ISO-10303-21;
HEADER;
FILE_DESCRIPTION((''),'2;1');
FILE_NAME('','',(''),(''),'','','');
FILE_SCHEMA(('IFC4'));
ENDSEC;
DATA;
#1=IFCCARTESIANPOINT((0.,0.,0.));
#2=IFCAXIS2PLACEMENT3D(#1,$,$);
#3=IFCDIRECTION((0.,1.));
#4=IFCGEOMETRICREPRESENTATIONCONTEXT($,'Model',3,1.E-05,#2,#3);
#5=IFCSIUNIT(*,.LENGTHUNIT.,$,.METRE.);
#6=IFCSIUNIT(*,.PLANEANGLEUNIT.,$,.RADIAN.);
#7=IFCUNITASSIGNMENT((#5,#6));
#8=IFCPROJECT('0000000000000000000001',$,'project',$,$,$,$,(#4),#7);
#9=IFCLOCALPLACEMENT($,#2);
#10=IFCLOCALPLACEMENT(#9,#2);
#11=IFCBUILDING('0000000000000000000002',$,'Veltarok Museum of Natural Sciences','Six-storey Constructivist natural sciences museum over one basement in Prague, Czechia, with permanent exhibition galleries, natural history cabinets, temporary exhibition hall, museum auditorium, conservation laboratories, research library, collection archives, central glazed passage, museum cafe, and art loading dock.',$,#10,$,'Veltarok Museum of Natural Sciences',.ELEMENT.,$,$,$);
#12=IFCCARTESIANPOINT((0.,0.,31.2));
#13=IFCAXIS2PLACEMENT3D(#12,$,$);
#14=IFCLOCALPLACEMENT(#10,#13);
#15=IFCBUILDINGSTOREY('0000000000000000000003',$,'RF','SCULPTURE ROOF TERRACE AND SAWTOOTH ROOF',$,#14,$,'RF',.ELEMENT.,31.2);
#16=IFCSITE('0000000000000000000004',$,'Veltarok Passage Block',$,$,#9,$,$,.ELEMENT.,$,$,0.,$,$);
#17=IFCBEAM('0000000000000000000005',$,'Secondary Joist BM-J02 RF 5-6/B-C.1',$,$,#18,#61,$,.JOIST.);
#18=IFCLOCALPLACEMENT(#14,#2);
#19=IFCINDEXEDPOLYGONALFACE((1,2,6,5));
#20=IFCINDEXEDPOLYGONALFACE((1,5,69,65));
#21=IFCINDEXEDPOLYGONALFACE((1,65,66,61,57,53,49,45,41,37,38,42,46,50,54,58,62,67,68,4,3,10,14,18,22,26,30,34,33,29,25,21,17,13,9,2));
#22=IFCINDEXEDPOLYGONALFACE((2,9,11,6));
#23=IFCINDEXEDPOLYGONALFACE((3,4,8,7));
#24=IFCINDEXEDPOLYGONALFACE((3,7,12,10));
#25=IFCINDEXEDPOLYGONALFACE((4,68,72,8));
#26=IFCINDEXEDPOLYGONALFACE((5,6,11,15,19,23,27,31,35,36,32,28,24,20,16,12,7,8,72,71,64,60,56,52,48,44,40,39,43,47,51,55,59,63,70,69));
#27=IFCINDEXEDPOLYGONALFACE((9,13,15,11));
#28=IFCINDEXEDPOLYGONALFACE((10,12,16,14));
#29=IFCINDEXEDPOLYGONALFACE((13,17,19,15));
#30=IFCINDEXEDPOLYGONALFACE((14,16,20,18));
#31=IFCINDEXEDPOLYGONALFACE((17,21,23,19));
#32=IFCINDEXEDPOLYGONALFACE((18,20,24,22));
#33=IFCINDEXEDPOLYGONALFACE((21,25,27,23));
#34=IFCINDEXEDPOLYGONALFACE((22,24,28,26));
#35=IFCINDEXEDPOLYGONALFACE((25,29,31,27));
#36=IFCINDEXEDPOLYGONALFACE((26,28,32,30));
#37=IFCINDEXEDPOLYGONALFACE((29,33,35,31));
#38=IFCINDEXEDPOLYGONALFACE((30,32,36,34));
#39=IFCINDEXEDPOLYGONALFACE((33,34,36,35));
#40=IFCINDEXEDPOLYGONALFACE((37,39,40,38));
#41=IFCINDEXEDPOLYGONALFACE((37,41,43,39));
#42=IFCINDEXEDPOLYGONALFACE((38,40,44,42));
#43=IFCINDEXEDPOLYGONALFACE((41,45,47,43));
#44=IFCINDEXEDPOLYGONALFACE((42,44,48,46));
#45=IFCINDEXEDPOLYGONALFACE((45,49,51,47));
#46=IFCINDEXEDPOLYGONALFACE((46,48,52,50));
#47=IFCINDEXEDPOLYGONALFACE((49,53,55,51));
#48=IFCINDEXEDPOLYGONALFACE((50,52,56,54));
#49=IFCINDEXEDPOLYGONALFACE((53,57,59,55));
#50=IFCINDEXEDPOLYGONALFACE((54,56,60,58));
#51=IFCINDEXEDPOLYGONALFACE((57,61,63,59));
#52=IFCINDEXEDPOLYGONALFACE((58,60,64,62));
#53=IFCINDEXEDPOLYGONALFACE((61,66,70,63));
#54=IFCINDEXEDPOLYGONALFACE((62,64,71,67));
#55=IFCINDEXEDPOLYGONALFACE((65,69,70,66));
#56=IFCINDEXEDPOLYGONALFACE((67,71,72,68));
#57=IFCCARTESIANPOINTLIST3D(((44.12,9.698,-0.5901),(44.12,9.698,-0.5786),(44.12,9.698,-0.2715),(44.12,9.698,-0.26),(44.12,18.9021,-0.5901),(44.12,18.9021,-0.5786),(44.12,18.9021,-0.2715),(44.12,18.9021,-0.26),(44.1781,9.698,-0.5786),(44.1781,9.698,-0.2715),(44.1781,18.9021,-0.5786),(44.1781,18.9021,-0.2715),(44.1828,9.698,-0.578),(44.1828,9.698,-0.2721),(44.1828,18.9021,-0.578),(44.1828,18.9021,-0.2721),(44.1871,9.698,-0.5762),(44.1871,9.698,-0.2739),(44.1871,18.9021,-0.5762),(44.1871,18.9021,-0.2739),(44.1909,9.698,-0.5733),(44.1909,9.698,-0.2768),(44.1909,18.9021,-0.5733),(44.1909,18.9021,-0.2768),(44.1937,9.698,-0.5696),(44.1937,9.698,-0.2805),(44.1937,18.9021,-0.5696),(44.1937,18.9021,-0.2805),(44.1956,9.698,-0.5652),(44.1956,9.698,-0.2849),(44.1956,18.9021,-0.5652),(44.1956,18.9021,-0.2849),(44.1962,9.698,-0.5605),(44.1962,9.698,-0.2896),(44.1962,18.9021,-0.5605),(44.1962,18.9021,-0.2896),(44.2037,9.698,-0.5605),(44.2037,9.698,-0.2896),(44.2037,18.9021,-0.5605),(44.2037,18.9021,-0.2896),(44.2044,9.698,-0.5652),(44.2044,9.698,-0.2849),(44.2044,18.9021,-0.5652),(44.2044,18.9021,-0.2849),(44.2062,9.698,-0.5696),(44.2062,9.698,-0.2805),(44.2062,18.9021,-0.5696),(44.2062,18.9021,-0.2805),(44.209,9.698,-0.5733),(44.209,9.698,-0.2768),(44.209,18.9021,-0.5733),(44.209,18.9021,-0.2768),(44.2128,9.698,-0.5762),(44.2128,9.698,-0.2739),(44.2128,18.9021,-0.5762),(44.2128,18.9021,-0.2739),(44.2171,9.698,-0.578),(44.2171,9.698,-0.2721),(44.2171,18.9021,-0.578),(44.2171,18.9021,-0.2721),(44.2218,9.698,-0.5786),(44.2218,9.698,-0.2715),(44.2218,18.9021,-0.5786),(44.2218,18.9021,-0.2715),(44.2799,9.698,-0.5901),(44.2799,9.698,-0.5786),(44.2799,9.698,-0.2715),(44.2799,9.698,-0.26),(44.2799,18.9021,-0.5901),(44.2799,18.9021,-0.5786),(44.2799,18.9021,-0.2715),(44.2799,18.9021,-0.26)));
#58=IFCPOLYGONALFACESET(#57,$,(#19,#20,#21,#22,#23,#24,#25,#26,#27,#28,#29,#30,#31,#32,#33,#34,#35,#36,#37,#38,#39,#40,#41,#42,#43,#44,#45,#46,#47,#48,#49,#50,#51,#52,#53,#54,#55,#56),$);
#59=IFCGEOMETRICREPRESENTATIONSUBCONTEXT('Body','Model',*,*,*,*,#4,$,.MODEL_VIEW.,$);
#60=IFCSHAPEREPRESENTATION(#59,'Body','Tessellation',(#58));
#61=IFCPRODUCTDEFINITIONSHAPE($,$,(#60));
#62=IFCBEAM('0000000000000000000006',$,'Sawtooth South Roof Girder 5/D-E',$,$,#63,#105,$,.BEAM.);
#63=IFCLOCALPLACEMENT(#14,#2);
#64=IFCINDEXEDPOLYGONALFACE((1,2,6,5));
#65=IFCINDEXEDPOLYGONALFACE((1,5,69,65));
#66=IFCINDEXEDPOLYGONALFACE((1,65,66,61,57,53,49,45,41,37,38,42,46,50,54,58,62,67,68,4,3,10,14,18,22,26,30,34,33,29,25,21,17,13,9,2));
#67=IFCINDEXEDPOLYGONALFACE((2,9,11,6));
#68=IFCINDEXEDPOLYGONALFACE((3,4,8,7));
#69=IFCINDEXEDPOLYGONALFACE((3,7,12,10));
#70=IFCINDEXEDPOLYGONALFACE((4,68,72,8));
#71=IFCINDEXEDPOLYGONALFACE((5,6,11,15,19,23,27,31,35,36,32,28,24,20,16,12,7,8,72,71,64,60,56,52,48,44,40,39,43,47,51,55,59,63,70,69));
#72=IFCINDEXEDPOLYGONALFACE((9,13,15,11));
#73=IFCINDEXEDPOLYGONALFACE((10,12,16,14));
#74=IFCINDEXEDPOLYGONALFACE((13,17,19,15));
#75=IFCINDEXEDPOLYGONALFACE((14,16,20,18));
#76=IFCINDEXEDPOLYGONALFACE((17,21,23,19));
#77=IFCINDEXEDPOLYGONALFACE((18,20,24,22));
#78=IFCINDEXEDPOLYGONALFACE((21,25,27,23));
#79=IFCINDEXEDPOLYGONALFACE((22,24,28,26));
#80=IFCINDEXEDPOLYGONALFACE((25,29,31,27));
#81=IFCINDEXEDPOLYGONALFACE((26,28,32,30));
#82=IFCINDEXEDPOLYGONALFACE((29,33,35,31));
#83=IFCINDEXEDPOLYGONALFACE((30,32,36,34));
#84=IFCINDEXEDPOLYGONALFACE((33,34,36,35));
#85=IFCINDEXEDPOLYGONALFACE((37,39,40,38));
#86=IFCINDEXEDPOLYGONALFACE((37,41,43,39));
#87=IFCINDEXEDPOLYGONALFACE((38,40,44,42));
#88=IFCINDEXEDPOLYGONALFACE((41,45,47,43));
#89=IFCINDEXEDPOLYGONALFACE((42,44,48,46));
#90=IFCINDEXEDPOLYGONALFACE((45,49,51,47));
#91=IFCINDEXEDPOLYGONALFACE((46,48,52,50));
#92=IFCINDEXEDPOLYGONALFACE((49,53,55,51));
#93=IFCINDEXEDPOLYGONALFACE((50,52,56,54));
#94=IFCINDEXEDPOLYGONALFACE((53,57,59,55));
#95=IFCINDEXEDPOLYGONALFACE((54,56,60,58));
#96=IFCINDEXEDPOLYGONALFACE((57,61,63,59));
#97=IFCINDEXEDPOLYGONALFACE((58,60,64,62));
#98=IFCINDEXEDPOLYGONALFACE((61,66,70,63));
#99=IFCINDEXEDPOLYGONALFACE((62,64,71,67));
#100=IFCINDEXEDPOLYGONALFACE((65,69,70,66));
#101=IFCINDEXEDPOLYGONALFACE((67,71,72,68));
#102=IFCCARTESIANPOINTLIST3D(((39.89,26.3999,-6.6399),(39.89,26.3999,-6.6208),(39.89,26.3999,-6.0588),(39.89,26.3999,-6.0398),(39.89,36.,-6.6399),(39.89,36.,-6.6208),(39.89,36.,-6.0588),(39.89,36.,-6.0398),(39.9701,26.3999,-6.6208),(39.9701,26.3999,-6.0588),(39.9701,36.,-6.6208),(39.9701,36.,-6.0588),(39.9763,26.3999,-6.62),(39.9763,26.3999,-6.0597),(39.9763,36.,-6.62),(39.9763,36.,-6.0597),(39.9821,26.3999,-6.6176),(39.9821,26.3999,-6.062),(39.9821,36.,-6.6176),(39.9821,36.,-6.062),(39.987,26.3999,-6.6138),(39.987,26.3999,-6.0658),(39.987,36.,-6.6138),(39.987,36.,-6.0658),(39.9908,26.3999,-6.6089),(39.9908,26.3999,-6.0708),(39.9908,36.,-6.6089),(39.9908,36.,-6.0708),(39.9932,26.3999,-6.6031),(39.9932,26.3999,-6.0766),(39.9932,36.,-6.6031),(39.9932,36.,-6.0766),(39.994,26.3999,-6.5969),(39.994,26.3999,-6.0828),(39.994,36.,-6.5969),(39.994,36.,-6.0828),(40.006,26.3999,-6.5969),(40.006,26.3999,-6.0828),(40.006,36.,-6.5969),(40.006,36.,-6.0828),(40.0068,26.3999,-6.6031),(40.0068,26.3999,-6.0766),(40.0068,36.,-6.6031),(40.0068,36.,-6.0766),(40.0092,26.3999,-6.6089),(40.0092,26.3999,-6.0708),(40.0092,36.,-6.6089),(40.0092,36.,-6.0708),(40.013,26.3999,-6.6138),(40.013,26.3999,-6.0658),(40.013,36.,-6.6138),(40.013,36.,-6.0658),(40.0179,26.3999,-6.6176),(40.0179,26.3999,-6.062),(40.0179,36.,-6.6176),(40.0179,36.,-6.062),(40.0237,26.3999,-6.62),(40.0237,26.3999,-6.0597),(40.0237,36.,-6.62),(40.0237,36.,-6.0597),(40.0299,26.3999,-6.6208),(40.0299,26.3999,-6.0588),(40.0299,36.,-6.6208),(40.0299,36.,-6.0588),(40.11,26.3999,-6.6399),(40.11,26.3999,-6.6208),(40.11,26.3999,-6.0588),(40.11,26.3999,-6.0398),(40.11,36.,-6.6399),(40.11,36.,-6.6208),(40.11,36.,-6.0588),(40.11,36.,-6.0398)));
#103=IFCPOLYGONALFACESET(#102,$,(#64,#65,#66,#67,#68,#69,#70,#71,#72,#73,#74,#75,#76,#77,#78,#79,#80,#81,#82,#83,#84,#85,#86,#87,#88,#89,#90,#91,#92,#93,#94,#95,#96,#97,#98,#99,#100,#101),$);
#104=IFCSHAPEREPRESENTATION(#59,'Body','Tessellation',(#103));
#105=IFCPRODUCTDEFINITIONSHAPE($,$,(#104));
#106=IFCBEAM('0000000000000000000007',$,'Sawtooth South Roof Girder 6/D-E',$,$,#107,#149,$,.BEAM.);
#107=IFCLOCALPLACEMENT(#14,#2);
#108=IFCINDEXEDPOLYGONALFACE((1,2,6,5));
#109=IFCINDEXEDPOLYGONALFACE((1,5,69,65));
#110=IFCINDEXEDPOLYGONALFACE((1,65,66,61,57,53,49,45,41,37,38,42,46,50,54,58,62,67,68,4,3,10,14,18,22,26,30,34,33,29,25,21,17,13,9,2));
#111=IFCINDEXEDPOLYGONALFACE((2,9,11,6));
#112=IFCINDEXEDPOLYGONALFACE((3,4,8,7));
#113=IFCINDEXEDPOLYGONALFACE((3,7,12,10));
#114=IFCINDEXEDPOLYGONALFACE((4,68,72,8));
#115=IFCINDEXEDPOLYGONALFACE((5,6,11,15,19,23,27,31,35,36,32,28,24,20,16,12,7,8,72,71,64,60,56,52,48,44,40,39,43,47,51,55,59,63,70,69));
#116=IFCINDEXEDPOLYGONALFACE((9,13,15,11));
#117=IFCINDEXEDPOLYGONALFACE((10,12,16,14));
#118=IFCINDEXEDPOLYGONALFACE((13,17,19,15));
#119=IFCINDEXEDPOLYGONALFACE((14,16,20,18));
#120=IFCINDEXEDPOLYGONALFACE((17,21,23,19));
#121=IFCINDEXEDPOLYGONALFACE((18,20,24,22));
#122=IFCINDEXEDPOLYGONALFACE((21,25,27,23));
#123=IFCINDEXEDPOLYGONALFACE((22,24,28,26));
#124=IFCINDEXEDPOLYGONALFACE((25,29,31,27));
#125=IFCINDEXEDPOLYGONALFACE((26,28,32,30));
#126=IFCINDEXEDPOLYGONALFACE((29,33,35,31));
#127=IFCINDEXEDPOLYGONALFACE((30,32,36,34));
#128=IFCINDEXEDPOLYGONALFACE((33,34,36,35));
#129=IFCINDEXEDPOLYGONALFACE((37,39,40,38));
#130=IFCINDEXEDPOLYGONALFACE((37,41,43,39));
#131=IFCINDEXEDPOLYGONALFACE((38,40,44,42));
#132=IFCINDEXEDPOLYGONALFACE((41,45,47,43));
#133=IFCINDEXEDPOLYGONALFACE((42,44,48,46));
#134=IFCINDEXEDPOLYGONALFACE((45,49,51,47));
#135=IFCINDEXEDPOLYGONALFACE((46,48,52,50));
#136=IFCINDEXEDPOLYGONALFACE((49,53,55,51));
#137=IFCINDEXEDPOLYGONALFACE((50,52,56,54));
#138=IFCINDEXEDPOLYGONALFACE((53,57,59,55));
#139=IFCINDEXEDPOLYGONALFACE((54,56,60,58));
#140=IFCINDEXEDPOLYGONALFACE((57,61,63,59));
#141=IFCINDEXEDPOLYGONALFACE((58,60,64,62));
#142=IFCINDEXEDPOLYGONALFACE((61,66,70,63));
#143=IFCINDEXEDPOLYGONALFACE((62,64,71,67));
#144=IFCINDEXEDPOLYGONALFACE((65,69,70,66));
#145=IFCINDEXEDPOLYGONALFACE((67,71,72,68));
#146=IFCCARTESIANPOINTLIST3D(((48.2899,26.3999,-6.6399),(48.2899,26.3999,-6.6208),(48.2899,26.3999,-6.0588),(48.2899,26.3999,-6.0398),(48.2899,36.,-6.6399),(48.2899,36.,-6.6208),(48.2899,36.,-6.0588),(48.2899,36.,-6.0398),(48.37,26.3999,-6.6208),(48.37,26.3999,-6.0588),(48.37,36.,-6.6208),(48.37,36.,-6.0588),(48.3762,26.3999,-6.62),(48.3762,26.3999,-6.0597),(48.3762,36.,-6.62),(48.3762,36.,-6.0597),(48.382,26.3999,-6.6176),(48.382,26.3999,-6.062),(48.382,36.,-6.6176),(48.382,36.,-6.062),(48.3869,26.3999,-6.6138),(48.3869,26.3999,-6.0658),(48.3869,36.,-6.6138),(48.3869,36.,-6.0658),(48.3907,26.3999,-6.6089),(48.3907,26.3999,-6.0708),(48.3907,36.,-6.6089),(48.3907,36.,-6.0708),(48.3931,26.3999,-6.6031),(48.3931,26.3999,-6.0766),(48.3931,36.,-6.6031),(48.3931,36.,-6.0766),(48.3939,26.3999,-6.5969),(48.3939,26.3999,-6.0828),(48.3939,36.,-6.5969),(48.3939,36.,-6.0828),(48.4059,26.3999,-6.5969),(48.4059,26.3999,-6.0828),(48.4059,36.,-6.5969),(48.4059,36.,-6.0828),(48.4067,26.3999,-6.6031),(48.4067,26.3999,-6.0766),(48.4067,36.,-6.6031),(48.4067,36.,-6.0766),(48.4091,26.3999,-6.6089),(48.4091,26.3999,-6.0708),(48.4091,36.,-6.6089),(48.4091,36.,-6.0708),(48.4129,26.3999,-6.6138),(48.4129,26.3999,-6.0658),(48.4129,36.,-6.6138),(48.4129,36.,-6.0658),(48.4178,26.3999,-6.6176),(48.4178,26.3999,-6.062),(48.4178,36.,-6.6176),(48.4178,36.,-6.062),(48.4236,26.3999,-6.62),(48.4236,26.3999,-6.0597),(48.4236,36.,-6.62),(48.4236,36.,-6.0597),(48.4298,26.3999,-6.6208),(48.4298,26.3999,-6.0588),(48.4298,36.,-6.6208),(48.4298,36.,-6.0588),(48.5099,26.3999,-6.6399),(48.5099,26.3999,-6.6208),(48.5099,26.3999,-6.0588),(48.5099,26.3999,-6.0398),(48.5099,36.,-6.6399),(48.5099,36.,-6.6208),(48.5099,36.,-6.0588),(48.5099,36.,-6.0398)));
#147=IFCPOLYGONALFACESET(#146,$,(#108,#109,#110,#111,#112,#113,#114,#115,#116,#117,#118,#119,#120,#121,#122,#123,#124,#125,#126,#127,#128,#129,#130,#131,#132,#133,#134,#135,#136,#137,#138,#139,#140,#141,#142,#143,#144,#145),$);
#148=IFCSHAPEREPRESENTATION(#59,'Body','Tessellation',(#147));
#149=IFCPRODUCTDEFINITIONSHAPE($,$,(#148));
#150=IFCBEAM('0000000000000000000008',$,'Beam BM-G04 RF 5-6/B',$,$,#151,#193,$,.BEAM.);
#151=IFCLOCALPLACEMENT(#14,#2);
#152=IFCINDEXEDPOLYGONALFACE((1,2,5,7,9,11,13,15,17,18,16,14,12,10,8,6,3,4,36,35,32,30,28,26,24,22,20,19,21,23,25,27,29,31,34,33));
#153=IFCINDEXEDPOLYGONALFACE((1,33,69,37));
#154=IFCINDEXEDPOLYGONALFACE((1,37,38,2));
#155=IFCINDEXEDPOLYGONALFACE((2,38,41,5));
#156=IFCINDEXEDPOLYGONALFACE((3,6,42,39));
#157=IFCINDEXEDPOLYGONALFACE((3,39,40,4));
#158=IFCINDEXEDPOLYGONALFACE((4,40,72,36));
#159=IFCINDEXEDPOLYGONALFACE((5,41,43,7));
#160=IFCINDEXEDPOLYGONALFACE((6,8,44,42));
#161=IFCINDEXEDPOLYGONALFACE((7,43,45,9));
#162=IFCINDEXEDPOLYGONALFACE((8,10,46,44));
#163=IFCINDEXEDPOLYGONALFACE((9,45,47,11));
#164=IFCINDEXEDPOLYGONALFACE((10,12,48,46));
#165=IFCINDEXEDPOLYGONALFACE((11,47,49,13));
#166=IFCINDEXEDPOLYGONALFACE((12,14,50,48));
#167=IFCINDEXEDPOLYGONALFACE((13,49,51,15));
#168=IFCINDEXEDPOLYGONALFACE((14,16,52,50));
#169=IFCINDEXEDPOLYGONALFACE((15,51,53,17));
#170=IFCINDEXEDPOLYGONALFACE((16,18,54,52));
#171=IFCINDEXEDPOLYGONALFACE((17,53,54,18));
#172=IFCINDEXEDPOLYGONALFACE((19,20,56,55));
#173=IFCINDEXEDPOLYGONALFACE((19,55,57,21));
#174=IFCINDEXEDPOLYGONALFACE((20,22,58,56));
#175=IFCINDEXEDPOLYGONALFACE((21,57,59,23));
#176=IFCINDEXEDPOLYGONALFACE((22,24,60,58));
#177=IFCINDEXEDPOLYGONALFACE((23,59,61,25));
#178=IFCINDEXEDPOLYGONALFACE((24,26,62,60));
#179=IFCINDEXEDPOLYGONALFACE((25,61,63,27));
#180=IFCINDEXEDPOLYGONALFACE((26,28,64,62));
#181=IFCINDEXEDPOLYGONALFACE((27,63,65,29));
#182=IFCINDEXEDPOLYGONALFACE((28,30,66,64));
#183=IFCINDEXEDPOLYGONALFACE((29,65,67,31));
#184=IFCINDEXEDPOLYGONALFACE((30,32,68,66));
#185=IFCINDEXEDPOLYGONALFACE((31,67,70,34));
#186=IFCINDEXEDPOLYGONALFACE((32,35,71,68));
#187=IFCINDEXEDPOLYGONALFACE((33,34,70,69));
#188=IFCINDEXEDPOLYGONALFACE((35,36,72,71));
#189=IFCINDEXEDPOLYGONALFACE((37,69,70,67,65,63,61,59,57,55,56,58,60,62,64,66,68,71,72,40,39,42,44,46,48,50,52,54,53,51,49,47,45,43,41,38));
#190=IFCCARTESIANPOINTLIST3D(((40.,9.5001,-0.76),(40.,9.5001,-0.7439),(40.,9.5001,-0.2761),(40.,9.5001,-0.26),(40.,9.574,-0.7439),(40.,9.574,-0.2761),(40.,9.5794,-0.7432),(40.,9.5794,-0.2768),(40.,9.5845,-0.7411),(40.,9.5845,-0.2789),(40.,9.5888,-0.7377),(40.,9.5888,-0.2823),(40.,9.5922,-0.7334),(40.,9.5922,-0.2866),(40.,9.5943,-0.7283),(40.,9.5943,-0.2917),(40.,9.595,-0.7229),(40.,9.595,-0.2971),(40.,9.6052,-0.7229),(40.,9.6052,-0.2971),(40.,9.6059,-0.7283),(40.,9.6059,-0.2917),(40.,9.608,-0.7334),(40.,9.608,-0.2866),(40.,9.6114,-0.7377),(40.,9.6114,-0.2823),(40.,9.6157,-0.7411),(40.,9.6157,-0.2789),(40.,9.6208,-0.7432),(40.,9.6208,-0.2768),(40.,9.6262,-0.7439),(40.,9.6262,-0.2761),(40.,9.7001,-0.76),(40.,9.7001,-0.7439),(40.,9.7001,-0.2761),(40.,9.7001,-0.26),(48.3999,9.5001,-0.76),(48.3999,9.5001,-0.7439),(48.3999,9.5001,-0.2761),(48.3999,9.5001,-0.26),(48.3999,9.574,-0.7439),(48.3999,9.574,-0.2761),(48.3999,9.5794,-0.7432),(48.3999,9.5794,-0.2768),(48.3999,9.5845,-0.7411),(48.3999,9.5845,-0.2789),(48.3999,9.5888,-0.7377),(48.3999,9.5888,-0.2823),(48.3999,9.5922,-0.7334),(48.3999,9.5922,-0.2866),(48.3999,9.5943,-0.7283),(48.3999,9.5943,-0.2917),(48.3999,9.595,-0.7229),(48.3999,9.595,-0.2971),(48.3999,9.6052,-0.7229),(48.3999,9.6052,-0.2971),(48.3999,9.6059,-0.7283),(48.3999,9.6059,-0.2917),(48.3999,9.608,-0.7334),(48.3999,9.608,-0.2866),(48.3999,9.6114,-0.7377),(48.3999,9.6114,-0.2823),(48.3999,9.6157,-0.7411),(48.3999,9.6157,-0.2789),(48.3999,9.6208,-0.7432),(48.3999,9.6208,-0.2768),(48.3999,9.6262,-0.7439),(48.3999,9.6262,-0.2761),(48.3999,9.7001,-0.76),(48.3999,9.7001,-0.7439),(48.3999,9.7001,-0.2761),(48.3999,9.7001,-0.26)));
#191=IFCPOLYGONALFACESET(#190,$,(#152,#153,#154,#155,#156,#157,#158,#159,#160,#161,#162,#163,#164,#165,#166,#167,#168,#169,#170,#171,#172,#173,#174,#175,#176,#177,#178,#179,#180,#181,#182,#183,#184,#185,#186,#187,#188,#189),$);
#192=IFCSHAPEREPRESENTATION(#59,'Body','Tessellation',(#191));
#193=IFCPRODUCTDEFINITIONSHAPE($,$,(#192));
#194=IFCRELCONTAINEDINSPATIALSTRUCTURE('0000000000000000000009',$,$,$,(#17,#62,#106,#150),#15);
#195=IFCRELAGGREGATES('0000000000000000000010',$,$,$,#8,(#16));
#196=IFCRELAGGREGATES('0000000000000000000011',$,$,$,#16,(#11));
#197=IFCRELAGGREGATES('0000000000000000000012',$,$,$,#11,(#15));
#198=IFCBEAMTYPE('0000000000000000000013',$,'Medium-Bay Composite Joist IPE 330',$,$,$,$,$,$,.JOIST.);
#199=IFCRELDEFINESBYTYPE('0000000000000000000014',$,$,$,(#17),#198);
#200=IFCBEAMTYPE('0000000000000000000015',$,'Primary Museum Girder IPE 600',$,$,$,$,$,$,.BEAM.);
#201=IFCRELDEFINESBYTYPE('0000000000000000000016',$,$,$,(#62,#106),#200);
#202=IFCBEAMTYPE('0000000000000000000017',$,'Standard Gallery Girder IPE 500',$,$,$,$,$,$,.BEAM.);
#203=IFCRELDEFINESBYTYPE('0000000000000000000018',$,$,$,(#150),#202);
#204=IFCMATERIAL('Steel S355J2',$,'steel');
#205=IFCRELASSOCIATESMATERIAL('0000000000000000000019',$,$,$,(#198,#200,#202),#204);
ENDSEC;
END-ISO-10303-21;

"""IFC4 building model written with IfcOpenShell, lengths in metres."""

from ifc_helpers import new_model, si_unit, direction, frame, origin, origin_2d, place, context, subcontext, project, spatial, i_section, extrude, material, material_profile, profile_set, type_object, element, save


model = new_model("IFC4")

# Units and contexts
model_context = context("Model", 3, precision=1e-05, world=origin(), true_north=direction((0.0, 1.0)))
body_context = subcontext(model_context, "Body", "Model", "MODEL_VIEW")
ifc_project = project(units=[si_unit("LENGTHUNIT", "METRE"), si_unit("PLANEANGLEUNIT", "RADIAN")], contexts=[model_context])

# Site, building, storey
site_placement = place(None, origin())
site = spatial("IfcSite", under=ifc_project, at=site_placement, Name="Veltarok Passage Block", CompositionType="ELEMENT", RefElevation=0.0)
building_placement = place(site_placement, origin())
building = spatial("IfcBuilding", under=site, at=building_placement, Name="Veltarok Museum of Natural Sciences", Description="Six-storey Constructivist natural sciences museum over one basement in Prague, Czechia, with permanent exhibition galleries, natural history cabinets, temporary exhibition hall, museum auditorium, conservation laboratories, research library, collection archives, central glazed passage, museum cafe, and art loading dock.", LongName="Veltarok Museum of Natural Sciences", CompositionType="ELEMENT")
storey_placement = place(building_placement, frame((0.0, 0.0, 31.2)))
storey = spatial("IfcBuildingStorey", under=building, at=storey_placement, Name="RF", Description="SCULPTURE ROOF TERRACE AND SAWTOOTH ROOF", LongName="RF", CompositionType="ELEMENT", Elevation=31.2)

# Beams
ifc_material_1 = material(Name="Steel S355J2", Category="steel")
ifc_material_profile_1 = material_profile(ifc_material_1, i_section(OverallWidth=0.1599, OverallDepth=0.3301, WebThickness=0.0076, FlangeThickness=0.0115, FilletRadius=0.0181, at=origin_2d()), Name="IPE 330")
ifc_profile_set_1 = profile_set([ifc_material_profile_1], Name="Steel S355J2")
beam_type_1 = type_object("IfcBeamType", Name="Medium-Bay Composite Joist IPE 330", PredefinedType="JOIST", material=ifc_profile_set_1)
beam_1_placement = place(storey_placement, frame((44.2, 9.698, -0.425), z_axis=(0.0, 1.0, 0.0), x_axis=(-1.0, 0.0, 0.0)))
element("IfcBeam", 1, at=beam_1_placement, inside=storey, type_object=beam_type_1, Name="Secondary Joist BM-J02 RF 5-6/B-C.1", PredefinedType="JOIST", context=body_context, shape_type="SweptSolid", body=[
    extrude(i_section(OverallWidth=0.1599, OverallDepth=0.3301, WebThickness=0.0076, FlangeThickness=0.0115, FilletRadius=0.0181, at=origin_2d()), origin(), (0.0, 0.0, 1.0), 9.2041),
])
ifc_material_profile_2 = material_profile(ifc_material_1, i_section(OverallWidth=0.22, OverallDepth=0.6001, WebThickness=0.012, FlangeThickness=0.019, FilletRadius=0.0239, at=origin_2d()), Name="IPE 600")
ifc_profile_set_2 = profile_set([ifc_material_profile_2], Name="Steel S355J2")
beam_type_2 = type_object("IfcBeamType", Name="Primary Museum Girder IPE 600", PredefinedType="BEAM", material=ifc_profile_set_2)
for number, where, z_axis, x_axis, name in (
    (2, (40.0, 26.3999, -6.3398), (0.0, 1.0, 0.0), (-1.0, 0.0, 0.0), "Sawtooth South Roof Girder 5/D-E"),
    (3, (48.3999, 26.3999, -6.3398), (0.0, 1.0, 0.0), (-1.0, 0.0, 0.0), "Sawtooth South Roof Girder 6/D-E"),
):
    element("IfcBeam", number, at=place(storey_placement, frame(where, z_axis=z_axis, x_axis=x_axis)), inside=storey, type_object=beam_type_2, Name=name, PredefinedType="BEAM", context=body_context, shape_type="SweptSolid", body=[
        extrude(i_section(OverallWidth=0.22, OverallDepth=0.6001, WebThickness=0.012, FlangeThickness=0.019, FilletRadius=0.0239, at=origin_2d()), origin(), (0.0, 0.0, 1.0), 9.6001),
    ])
ifc_material_profile_3 = material_profile(ifc_material_1, i_section(OverallWidth=0.2, OverallDepth=0.5, WebThickness=0.0103, FlangeThickness=0.0161, FilletRadius=0.021, at=origin_2d()), Name="IPE 500")
ifc_profile_set_3 = profile_set([ifc_material_profile_3], Name="Steel S355J2")
beam_type_3 = type_object("IfcBeamType", Name="Standard Gallery Girder IPE 500", PredefinedType="BEAM", material=ifc_profile_set_3)
beam_2_placement = place(storey_placement, frame((40.0, 9.6001, -0.51), z_axis=(1.0, 0.0, 0.0), x_axis=(0.0, 1.0, 0.0)))
element("IfcBeam", 4, at=beam_2_placement, inside=storey, type_object=beam_type_3, Name="Beam BM-G04 RF 5-6/B", PredefinedType="BEAM", context=body_context, shape_type="SweptSolid", body=[
    extrude(i_section(OverallWidth=0.2, OverallDepth=0.5, WebThickness=0.0103, FlangeThickness=0.0161, FilletRadius=0.021, at=origin_2d()), origin(), (0.0, 0.0, 1.0), 8.3999),
])

save(model, "model.ifc")
